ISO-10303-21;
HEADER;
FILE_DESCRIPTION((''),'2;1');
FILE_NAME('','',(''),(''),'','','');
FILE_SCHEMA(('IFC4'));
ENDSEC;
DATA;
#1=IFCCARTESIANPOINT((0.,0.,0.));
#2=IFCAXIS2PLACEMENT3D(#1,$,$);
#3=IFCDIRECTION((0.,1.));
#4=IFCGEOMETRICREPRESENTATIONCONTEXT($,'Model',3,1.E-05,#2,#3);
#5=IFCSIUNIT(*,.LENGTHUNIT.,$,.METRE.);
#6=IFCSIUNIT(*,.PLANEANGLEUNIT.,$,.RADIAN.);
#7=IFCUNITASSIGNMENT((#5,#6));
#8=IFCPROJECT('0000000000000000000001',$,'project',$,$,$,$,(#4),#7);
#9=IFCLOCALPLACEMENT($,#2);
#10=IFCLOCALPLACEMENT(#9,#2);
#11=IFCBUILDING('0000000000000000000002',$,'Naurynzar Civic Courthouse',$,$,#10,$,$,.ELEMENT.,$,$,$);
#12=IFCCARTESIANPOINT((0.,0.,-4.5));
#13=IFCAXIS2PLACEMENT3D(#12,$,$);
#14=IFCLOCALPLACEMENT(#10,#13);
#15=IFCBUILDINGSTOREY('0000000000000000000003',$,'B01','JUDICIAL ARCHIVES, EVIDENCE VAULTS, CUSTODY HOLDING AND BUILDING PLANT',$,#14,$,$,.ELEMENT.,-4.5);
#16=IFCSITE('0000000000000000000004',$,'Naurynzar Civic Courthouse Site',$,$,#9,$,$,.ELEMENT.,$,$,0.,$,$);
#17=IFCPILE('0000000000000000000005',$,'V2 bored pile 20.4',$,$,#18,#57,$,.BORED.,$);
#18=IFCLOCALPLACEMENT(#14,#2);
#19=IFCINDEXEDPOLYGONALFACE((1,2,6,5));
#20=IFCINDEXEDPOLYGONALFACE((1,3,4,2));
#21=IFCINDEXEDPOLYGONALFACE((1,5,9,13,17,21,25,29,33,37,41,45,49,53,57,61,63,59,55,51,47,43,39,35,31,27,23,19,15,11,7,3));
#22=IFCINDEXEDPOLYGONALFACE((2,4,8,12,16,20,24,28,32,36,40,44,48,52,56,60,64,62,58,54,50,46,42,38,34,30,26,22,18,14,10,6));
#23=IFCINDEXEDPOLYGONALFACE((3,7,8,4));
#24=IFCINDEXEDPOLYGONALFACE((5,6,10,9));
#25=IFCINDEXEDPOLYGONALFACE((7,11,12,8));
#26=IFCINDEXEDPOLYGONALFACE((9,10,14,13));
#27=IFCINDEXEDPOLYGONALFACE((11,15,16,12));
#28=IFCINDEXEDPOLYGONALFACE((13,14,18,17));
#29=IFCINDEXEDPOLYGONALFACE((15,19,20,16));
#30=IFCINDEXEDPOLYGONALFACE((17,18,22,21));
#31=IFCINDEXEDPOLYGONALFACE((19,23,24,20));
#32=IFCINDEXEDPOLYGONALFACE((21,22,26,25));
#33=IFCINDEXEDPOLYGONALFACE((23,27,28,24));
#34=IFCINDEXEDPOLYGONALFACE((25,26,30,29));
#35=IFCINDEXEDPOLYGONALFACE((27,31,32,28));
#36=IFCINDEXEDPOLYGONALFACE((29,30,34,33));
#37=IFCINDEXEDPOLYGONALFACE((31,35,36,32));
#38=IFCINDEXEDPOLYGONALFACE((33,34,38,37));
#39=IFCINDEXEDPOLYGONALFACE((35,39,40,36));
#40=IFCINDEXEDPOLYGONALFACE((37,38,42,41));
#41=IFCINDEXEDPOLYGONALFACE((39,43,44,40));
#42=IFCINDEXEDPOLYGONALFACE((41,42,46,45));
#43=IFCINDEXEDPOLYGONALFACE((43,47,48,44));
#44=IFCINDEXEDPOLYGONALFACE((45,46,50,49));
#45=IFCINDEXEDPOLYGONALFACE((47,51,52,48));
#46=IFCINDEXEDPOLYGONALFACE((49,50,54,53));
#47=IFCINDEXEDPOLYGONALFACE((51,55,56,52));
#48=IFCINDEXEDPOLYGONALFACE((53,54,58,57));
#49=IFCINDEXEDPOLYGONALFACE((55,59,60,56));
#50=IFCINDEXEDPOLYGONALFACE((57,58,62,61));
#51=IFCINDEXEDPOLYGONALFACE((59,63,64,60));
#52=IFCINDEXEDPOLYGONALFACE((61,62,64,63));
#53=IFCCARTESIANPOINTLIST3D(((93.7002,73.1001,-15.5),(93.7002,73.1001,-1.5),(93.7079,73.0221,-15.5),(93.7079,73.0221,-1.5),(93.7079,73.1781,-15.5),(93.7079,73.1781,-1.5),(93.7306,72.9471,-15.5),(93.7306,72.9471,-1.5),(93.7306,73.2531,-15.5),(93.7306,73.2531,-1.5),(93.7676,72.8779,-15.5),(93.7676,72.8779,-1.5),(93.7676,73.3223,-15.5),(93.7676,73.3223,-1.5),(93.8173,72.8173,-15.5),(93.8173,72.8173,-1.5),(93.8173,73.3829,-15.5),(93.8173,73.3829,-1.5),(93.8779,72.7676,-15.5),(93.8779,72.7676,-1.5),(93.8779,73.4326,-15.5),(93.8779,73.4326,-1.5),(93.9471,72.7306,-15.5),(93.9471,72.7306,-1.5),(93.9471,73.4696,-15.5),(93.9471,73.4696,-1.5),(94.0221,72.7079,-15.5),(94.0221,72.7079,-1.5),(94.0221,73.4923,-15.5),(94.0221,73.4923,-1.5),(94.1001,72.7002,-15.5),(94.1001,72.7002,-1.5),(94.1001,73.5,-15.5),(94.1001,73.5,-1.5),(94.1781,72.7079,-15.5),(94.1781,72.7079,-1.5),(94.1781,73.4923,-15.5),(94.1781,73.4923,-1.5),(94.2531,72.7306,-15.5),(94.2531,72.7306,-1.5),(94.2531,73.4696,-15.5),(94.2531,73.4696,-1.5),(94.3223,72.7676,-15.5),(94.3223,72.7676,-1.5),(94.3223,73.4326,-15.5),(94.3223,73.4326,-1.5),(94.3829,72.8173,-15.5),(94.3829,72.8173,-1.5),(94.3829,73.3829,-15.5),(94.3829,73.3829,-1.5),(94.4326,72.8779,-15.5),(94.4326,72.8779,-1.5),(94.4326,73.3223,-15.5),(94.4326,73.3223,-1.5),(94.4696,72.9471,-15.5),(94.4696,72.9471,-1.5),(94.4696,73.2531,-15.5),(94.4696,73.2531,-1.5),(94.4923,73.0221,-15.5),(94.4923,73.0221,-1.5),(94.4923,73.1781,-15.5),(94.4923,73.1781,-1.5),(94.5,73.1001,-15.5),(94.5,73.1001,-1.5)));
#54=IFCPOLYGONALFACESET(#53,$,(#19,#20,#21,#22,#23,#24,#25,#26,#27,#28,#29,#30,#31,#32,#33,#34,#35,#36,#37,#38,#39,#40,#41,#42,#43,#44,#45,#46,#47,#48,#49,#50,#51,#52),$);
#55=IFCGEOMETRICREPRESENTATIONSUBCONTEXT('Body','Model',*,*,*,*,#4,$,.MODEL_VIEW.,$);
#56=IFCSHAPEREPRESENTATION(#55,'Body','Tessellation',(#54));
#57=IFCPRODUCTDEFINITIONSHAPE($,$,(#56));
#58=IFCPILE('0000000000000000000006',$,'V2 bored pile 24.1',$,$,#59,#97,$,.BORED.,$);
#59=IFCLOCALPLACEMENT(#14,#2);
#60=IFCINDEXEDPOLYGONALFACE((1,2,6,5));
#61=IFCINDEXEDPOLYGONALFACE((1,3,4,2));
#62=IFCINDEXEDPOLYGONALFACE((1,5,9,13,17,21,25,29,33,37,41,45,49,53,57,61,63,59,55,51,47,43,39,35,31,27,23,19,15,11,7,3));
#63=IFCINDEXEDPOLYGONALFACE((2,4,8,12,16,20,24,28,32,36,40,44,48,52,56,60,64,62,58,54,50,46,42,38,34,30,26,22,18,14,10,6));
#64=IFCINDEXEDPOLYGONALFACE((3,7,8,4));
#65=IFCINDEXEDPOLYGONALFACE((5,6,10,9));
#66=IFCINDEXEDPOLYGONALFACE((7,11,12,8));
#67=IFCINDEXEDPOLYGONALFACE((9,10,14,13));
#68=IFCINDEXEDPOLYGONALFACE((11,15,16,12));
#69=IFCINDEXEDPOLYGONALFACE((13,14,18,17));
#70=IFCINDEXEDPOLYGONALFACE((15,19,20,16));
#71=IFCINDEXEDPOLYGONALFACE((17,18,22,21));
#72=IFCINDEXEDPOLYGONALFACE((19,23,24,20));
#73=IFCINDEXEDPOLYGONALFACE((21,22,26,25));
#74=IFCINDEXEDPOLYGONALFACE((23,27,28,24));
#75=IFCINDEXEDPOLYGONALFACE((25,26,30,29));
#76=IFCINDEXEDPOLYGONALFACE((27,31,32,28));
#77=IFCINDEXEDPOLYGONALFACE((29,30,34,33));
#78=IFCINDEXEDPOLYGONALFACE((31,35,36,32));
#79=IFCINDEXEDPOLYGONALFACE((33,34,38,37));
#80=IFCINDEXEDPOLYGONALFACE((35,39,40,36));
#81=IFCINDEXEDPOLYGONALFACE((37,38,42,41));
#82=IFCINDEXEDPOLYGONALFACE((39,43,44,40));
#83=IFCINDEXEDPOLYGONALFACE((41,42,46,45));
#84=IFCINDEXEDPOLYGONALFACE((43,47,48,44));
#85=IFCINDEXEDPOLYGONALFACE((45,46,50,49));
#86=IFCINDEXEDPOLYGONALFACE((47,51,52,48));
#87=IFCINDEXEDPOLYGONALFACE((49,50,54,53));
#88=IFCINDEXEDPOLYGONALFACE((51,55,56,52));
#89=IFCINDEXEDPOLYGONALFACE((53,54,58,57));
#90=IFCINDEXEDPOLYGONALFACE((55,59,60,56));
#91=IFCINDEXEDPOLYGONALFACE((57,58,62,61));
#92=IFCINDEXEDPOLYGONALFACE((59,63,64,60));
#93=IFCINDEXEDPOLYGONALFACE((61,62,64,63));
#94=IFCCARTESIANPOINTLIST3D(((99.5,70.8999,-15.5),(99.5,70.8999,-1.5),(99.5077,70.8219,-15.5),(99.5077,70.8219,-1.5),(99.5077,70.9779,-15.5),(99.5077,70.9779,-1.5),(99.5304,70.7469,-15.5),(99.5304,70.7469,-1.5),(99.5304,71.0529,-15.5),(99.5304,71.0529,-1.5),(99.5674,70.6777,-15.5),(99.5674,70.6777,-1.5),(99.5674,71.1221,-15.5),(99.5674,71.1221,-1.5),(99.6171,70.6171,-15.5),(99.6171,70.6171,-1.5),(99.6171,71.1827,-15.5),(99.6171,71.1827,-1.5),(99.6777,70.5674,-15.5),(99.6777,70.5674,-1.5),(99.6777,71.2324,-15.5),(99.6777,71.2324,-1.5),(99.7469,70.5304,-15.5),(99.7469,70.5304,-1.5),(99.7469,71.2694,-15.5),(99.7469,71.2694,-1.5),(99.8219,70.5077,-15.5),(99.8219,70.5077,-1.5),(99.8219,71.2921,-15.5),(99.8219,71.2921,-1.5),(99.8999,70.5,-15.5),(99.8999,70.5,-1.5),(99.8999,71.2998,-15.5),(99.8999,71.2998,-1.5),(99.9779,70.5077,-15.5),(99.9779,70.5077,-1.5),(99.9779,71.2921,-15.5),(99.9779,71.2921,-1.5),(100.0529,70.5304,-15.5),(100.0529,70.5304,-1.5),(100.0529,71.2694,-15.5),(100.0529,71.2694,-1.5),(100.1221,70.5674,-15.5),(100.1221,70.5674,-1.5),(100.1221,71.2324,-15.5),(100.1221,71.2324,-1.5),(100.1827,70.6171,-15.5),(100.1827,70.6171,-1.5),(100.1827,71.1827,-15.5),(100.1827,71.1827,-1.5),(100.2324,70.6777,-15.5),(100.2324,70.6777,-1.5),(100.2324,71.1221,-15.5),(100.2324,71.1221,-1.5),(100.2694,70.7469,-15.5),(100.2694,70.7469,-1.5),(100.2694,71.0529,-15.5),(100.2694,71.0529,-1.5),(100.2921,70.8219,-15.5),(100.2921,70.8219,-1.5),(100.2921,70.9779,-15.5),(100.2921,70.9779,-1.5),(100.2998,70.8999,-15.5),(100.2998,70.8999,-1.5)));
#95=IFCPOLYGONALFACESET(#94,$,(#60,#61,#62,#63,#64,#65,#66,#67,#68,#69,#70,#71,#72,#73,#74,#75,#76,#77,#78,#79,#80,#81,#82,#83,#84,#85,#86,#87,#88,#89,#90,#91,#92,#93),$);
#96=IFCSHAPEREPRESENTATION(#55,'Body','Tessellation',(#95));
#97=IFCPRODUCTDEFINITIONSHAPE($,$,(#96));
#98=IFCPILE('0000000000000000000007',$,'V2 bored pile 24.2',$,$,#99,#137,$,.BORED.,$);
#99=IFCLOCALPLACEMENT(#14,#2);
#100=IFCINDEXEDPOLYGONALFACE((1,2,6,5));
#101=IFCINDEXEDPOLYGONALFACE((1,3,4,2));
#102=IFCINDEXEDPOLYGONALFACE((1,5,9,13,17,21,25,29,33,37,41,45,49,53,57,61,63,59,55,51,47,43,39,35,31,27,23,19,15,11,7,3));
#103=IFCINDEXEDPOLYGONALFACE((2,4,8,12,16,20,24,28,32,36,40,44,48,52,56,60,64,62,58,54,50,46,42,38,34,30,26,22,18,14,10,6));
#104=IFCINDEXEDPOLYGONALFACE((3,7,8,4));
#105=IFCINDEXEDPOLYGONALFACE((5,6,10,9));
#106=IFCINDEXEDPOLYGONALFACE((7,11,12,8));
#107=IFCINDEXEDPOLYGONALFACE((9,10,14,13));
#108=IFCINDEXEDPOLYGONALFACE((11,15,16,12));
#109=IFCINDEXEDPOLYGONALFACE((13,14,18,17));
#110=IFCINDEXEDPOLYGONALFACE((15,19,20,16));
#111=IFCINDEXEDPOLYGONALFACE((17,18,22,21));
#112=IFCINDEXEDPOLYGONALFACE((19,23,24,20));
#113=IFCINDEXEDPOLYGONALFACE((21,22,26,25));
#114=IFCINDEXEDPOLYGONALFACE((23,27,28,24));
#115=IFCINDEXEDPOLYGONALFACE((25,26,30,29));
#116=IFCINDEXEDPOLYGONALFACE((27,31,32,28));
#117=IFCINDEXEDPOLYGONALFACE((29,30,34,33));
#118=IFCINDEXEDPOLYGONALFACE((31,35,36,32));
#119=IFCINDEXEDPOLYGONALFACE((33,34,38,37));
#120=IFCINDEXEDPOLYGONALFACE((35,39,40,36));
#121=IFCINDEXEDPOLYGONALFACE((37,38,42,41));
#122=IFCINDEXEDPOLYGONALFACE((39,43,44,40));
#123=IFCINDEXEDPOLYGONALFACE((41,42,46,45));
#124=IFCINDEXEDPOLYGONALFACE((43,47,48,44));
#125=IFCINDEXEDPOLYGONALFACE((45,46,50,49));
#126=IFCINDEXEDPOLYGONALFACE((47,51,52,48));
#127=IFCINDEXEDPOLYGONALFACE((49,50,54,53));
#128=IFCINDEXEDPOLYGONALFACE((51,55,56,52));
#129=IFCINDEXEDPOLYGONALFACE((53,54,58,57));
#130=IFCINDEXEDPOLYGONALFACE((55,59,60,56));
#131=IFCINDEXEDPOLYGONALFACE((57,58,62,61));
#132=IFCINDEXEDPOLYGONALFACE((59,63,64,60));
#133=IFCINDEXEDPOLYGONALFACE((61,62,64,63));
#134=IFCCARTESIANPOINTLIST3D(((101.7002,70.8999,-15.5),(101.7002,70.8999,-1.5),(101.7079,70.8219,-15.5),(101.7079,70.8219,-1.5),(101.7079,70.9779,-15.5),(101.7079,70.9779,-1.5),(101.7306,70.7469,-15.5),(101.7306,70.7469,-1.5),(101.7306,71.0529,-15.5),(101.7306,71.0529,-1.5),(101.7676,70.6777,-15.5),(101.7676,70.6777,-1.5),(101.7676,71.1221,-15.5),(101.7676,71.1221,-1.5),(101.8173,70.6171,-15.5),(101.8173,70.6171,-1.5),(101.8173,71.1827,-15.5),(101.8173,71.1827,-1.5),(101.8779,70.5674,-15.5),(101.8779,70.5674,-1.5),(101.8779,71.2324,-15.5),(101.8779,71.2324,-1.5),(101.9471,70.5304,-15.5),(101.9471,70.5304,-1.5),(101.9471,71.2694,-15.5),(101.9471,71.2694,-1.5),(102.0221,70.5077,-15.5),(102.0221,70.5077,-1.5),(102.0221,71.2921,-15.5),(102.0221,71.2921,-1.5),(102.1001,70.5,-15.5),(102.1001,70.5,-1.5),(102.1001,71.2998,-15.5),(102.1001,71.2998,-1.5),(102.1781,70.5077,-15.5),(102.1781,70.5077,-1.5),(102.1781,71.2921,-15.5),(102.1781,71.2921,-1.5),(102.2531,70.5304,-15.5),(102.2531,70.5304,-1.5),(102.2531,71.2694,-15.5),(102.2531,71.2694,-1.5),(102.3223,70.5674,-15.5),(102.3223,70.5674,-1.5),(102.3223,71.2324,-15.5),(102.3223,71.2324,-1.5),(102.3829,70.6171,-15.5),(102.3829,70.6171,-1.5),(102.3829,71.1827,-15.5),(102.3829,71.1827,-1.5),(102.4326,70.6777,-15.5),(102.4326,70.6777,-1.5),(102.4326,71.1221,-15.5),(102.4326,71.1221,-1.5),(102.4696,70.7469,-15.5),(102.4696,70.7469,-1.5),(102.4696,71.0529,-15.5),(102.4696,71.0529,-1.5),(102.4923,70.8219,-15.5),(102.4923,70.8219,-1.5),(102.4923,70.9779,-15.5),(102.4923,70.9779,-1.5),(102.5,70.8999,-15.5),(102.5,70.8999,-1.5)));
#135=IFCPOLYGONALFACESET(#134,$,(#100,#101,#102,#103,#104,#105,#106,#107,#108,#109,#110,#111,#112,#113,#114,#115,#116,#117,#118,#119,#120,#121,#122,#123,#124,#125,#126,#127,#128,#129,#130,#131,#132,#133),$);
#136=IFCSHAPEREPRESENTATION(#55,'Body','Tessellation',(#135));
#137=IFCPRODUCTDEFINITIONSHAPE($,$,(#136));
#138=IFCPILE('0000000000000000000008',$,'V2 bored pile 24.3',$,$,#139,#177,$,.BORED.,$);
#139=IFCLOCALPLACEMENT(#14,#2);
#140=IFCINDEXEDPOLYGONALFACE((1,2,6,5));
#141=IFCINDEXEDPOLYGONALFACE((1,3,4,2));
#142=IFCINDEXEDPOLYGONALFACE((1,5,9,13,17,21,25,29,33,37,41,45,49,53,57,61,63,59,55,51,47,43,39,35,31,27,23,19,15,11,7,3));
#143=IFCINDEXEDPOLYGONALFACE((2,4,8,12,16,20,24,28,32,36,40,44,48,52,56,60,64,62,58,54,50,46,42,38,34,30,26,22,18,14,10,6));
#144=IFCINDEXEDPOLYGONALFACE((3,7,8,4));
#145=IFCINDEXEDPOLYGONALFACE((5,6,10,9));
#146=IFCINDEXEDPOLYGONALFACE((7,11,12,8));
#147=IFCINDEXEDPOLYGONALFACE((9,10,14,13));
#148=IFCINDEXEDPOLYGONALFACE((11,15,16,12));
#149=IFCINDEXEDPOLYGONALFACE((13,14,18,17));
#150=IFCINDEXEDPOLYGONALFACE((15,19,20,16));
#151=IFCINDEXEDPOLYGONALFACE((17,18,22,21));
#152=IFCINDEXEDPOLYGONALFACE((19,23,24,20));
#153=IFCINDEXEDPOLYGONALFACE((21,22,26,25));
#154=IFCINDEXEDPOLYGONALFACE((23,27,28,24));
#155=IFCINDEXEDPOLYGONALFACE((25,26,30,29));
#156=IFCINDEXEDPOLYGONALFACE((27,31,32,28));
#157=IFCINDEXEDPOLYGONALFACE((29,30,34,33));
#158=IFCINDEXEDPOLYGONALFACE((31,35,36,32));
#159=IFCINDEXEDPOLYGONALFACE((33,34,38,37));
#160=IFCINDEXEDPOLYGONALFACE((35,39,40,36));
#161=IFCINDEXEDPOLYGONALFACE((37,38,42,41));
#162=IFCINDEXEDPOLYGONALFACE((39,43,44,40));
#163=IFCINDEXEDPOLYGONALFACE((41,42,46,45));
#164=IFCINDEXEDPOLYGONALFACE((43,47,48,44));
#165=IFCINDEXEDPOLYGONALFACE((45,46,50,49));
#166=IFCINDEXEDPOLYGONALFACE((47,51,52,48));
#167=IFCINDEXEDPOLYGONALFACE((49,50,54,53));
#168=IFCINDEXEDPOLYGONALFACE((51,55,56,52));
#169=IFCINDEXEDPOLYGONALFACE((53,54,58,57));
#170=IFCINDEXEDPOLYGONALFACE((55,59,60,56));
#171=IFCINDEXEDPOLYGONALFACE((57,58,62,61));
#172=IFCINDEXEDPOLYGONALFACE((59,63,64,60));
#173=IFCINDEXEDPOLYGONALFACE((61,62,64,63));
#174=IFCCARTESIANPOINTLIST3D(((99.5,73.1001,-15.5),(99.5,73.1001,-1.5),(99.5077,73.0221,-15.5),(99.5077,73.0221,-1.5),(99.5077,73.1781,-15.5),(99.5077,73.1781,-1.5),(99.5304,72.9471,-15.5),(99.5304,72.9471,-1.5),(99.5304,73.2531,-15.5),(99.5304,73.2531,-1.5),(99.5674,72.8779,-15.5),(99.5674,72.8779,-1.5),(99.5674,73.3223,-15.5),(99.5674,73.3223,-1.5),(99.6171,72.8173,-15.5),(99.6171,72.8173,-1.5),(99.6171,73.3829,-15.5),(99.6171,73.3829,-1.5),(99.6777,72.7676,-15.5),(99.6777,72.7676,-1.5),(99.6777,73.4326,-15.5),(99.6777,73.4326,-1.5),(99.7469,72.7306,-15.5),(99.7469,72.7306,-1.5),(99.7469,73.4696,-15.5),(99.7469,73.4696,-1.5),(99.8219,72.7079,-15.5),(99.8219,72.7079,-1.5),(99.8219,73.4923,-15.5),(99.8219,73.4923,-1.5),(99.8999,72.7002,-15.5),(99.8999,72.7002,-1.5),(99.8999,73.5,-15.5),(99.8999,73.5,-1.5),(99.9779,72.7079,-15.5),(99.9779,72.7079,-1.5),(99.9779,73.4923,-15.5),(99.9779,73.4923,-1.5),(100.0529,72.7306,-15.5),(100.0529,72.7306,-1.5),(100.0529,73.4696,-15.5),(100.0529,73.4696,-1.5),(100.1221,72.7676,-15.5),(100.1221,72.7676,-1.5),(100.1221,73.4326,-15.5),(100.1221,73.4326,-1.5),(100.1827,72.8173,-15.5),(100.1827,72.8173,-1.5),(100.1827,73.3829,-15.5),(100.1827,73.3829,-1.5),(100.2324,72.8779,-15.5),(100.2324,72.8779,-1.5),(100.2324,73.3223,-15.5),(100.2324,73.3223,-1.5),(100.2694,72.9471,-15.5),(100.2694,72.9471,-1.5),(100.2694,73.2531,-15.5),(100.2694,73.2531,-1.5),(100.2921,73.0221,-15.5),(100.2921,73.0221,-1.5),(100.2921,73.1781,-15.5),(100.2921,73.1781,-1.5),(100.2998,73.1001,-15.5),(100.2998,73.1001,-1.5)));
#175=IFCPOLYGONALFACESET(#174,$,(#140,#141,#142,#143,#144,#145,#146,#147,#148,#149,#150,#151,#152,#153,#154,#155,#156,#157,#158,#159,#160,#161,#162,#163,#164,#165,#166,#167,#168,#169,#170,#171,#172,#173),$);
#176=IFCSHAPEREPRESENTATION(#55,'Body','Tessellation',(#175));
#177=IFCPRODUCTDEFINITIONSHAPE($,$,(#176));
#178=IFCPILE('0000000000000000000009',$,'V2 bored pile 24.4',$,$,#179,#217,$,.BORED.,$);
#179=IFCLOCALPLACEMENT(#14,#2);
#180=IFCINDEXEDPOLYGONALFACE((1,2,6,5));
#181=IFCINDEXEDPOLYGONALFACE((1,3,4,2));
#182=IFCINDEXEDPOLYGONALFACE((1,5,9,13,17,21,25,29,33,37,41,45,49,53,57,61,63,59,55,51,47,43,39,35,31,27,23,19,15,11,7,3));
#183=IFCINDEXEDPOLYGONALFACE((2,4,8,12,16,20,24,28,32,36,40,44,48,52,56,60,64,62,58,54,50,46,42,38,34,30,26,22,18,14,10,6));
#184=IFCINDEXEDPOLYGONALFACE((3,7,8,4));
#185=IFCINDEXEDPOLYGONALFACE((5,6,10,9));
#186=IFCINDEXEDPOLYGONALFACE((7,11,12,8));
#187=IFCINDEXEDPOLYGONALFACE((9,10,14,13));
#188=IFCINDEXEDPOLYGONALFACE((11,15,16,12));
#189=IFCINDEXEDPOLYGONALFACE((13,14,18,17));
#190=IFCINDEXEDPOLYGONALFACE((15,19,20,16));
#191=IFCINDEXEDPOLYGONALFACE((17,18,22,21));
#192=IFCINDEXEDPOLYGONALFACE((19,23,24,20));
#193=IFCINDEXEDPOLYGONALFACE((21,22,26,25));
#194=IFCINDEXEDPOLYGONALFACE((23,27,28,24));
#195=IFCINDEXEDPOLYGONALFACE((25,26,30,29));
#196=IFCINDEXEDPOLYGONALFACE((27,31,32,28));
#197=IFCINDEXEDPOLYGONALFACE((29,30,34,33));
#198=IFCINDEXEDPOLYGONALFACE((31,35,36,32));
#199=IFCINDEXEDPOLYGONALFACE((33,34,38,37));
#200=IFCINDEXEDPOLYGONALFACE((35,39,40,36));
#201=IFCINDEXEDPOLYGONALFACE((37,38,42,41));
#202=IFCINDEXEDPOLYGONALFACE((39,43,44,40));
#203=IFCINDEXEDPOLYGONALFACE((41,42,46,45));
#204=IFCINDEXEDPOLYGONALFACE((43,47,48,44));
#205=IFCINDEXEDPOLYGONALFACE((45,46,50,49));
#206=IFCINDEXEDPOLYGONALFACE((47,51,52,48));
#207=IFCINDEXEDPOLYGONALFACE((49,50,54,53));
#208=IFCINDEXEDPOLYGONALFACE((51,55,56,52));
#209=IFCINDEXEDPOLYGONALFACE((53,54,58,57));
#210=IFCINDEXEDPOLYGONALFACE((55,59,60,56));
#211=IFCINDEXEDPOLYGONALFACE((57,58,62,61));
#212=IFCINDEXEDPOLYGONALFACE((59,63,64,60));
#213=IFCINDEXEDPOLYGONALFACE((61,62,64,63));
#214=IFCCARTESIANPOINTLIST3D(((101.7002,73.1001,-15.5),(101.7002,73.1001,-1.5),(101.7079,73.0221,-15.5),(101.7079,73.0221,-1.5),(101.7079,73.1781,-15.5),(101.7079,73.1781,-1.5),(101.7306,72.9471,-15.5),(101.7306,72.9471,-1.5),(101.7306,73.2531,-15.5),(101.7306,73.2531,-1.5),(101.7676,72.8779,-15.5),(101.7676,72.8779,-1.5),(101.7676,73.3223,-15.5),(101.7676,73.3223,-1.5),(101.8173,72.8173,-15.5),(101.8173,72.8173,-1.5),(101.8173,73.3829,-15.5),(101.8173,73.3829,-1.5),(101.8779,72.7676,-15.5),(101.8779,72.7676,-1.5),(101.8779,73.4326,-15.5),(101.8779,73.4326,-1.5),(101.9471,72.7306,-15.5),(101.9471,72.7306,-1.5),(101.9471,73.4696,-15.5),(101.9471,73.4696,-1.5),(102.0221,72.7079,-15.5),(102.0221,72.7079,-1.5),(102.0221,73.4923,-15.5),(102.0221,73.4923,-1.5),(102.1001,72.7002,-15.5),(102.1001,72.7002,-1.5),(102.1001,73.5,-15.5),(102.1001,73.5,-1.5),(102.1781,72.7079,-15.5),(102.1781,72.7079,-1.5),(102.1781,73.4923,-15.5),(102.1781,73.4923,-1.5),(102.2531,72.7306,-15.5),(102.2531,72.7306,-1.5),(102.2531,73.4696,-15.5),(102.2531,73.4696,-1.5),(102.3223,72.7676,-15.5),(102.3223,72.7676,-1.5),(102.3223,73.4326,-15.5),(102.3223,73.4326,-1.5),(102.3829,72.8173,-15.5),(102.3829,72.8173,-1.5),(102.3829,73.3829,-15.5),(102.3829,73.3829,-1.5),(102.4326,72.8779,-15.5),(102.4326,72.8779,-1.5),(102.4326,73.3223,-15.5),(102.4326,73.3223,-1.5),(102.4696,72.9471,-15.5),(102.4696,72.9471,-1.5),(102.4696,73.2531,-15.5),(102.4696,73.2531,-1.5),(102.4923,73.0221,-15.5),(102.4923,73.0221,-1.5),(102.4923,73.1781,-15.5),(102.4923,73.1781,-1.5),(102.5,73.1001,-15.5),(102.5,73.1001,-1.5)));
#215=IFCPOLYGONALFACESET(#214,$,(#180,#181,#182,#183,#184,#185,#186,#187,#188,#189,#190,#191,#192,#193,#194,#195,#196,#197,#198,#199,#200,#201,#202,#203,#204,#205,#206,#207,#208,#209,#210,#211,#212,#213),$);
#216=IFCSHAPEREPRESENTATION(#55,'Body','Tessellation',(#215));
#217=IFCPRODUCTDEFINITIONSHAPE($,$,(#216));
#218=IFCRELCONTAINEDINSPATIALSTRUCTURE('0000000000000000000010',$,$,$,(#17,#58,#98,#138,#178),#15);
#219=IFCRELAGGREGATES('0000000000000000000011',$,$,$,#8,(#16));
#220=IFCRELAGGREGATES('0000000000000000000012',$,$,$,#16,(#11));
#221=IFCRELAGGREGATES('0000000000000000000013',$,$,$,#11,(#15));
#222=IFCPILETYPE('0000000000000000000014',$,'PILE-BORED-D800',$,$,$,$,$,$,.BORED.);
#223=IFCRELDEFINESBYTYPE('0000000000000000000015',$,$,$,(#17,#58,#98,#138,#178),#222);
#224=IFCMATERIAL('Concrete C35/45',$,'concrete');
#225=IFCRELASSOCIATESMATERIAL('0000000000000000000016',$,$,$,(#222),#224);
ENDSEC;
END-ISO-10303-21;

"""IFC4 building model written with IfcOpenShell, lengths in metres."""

from ifc_helpers import new_model, si_unit, direction, frame, origin, origin_2d, place, context, subcontext, project, spatial, circle, extrude, material, material_profile, profile_set, type_object, element, save


model = new_model("IFC4")

# Units and contexts
model_context = context("Model", 3, precision=1e-05, world=origin(), true_north=direction((0.0, 1.0)))
body_context = subcontext(model_context, "Body", "Model", "MODEL_VIEW")
ifc_project = project(units=[si_unit("LENGTHUNIT", "METRE"), si_unit("PLANEANGLEUNIT", "RADIAN")], contexts=[model_context])

# Site, building, storey
site_placement = place(None, origin())
site = spatial("IfcSite", under=ifc_project, at=site_placement, Name="Naurynzar Civic Courthouse Site", CompositionType="ELEMENT", RefElevation=0.0)
building_placement = place(site_placement, origin())
building = spatial("IfcBuilding", under=site, at=building_placement, Name="Naurynzar Civic Courthouse", CompositionType="ELEMENT")
storey_placement = place(building_placement, frame((0.0, 0.0, -4.5)))
storey = spatial("IfcBuildingStorey", under=building, at=storey_placement, Name="B01", Description="JUDICIAL ARCHIVES, EVIDENCE VAULTS, CUSTODY HOLDING AND BUILDING PLANT", CompositionType="ELEMENT", Elevation=-4.5)

# Piles
ifc_material_1 = material(Name="Concrete C35/45", Category="concrete")
ifc_material_profile_1 = material_profile(ifc_material_1, circle(Radius=0.3999, at=origin_2d()), Name="PILE D800")
ifc_profile_set_1 = profile_set([ifc_material_profile_1], Name="Concrete C35/45")
pile_type_1 = type_object("IfcPileType", Name="PILE-BORED-D800", PredefinedType="BORED", material=ifc_profile_set_1)
for number, where, z_axis, x_axis, name in (
    (1, (94.1001, 73.1001, -1.5), (0.0, 0.0, -1.0), (1.0, 0.0, 0.0), "V2 bored pile 20.4"),
    (2, (99.8999, 70.8999, -1.5), (0.0, 0.0, -1.0), (1.0, 0.0, 0.0), "V2 bored pile 24.1"),
    (3, (102.1001, 70.8999, -1.5), (0.0, 0.0, -1.0), (1.0, 0.0, 0.0), "V2 bored pile 24.2"),
    (4, (99.8999, 73.1001, -1.5), (0.0, 0.0, -1.0), (1.0, 0.0, 0.0), "V2 bored pile 24.3"),
    (5, (102.1001, 73.1001, -1.5), (0.0, 0.0, -1.0), (1.0, 0.0, 0.0), "V2 bored pile 24.4"),
):
    element("IfcPile", number, at=place(storey_placement, frame(where, z_axis=z_axis, x_axis=x_axis)), inside=storey, type_object=pile_type_1, Name=name, PredefinedType="BORED", context=body_context, shape_type="SweptSolid", body=[
        extrude(circle(Radius=0.3999, at=origin_2d()), origin(), (0.0, 0.0, 1.0), 14.0),
    ])

save(model, "model.ifc")
